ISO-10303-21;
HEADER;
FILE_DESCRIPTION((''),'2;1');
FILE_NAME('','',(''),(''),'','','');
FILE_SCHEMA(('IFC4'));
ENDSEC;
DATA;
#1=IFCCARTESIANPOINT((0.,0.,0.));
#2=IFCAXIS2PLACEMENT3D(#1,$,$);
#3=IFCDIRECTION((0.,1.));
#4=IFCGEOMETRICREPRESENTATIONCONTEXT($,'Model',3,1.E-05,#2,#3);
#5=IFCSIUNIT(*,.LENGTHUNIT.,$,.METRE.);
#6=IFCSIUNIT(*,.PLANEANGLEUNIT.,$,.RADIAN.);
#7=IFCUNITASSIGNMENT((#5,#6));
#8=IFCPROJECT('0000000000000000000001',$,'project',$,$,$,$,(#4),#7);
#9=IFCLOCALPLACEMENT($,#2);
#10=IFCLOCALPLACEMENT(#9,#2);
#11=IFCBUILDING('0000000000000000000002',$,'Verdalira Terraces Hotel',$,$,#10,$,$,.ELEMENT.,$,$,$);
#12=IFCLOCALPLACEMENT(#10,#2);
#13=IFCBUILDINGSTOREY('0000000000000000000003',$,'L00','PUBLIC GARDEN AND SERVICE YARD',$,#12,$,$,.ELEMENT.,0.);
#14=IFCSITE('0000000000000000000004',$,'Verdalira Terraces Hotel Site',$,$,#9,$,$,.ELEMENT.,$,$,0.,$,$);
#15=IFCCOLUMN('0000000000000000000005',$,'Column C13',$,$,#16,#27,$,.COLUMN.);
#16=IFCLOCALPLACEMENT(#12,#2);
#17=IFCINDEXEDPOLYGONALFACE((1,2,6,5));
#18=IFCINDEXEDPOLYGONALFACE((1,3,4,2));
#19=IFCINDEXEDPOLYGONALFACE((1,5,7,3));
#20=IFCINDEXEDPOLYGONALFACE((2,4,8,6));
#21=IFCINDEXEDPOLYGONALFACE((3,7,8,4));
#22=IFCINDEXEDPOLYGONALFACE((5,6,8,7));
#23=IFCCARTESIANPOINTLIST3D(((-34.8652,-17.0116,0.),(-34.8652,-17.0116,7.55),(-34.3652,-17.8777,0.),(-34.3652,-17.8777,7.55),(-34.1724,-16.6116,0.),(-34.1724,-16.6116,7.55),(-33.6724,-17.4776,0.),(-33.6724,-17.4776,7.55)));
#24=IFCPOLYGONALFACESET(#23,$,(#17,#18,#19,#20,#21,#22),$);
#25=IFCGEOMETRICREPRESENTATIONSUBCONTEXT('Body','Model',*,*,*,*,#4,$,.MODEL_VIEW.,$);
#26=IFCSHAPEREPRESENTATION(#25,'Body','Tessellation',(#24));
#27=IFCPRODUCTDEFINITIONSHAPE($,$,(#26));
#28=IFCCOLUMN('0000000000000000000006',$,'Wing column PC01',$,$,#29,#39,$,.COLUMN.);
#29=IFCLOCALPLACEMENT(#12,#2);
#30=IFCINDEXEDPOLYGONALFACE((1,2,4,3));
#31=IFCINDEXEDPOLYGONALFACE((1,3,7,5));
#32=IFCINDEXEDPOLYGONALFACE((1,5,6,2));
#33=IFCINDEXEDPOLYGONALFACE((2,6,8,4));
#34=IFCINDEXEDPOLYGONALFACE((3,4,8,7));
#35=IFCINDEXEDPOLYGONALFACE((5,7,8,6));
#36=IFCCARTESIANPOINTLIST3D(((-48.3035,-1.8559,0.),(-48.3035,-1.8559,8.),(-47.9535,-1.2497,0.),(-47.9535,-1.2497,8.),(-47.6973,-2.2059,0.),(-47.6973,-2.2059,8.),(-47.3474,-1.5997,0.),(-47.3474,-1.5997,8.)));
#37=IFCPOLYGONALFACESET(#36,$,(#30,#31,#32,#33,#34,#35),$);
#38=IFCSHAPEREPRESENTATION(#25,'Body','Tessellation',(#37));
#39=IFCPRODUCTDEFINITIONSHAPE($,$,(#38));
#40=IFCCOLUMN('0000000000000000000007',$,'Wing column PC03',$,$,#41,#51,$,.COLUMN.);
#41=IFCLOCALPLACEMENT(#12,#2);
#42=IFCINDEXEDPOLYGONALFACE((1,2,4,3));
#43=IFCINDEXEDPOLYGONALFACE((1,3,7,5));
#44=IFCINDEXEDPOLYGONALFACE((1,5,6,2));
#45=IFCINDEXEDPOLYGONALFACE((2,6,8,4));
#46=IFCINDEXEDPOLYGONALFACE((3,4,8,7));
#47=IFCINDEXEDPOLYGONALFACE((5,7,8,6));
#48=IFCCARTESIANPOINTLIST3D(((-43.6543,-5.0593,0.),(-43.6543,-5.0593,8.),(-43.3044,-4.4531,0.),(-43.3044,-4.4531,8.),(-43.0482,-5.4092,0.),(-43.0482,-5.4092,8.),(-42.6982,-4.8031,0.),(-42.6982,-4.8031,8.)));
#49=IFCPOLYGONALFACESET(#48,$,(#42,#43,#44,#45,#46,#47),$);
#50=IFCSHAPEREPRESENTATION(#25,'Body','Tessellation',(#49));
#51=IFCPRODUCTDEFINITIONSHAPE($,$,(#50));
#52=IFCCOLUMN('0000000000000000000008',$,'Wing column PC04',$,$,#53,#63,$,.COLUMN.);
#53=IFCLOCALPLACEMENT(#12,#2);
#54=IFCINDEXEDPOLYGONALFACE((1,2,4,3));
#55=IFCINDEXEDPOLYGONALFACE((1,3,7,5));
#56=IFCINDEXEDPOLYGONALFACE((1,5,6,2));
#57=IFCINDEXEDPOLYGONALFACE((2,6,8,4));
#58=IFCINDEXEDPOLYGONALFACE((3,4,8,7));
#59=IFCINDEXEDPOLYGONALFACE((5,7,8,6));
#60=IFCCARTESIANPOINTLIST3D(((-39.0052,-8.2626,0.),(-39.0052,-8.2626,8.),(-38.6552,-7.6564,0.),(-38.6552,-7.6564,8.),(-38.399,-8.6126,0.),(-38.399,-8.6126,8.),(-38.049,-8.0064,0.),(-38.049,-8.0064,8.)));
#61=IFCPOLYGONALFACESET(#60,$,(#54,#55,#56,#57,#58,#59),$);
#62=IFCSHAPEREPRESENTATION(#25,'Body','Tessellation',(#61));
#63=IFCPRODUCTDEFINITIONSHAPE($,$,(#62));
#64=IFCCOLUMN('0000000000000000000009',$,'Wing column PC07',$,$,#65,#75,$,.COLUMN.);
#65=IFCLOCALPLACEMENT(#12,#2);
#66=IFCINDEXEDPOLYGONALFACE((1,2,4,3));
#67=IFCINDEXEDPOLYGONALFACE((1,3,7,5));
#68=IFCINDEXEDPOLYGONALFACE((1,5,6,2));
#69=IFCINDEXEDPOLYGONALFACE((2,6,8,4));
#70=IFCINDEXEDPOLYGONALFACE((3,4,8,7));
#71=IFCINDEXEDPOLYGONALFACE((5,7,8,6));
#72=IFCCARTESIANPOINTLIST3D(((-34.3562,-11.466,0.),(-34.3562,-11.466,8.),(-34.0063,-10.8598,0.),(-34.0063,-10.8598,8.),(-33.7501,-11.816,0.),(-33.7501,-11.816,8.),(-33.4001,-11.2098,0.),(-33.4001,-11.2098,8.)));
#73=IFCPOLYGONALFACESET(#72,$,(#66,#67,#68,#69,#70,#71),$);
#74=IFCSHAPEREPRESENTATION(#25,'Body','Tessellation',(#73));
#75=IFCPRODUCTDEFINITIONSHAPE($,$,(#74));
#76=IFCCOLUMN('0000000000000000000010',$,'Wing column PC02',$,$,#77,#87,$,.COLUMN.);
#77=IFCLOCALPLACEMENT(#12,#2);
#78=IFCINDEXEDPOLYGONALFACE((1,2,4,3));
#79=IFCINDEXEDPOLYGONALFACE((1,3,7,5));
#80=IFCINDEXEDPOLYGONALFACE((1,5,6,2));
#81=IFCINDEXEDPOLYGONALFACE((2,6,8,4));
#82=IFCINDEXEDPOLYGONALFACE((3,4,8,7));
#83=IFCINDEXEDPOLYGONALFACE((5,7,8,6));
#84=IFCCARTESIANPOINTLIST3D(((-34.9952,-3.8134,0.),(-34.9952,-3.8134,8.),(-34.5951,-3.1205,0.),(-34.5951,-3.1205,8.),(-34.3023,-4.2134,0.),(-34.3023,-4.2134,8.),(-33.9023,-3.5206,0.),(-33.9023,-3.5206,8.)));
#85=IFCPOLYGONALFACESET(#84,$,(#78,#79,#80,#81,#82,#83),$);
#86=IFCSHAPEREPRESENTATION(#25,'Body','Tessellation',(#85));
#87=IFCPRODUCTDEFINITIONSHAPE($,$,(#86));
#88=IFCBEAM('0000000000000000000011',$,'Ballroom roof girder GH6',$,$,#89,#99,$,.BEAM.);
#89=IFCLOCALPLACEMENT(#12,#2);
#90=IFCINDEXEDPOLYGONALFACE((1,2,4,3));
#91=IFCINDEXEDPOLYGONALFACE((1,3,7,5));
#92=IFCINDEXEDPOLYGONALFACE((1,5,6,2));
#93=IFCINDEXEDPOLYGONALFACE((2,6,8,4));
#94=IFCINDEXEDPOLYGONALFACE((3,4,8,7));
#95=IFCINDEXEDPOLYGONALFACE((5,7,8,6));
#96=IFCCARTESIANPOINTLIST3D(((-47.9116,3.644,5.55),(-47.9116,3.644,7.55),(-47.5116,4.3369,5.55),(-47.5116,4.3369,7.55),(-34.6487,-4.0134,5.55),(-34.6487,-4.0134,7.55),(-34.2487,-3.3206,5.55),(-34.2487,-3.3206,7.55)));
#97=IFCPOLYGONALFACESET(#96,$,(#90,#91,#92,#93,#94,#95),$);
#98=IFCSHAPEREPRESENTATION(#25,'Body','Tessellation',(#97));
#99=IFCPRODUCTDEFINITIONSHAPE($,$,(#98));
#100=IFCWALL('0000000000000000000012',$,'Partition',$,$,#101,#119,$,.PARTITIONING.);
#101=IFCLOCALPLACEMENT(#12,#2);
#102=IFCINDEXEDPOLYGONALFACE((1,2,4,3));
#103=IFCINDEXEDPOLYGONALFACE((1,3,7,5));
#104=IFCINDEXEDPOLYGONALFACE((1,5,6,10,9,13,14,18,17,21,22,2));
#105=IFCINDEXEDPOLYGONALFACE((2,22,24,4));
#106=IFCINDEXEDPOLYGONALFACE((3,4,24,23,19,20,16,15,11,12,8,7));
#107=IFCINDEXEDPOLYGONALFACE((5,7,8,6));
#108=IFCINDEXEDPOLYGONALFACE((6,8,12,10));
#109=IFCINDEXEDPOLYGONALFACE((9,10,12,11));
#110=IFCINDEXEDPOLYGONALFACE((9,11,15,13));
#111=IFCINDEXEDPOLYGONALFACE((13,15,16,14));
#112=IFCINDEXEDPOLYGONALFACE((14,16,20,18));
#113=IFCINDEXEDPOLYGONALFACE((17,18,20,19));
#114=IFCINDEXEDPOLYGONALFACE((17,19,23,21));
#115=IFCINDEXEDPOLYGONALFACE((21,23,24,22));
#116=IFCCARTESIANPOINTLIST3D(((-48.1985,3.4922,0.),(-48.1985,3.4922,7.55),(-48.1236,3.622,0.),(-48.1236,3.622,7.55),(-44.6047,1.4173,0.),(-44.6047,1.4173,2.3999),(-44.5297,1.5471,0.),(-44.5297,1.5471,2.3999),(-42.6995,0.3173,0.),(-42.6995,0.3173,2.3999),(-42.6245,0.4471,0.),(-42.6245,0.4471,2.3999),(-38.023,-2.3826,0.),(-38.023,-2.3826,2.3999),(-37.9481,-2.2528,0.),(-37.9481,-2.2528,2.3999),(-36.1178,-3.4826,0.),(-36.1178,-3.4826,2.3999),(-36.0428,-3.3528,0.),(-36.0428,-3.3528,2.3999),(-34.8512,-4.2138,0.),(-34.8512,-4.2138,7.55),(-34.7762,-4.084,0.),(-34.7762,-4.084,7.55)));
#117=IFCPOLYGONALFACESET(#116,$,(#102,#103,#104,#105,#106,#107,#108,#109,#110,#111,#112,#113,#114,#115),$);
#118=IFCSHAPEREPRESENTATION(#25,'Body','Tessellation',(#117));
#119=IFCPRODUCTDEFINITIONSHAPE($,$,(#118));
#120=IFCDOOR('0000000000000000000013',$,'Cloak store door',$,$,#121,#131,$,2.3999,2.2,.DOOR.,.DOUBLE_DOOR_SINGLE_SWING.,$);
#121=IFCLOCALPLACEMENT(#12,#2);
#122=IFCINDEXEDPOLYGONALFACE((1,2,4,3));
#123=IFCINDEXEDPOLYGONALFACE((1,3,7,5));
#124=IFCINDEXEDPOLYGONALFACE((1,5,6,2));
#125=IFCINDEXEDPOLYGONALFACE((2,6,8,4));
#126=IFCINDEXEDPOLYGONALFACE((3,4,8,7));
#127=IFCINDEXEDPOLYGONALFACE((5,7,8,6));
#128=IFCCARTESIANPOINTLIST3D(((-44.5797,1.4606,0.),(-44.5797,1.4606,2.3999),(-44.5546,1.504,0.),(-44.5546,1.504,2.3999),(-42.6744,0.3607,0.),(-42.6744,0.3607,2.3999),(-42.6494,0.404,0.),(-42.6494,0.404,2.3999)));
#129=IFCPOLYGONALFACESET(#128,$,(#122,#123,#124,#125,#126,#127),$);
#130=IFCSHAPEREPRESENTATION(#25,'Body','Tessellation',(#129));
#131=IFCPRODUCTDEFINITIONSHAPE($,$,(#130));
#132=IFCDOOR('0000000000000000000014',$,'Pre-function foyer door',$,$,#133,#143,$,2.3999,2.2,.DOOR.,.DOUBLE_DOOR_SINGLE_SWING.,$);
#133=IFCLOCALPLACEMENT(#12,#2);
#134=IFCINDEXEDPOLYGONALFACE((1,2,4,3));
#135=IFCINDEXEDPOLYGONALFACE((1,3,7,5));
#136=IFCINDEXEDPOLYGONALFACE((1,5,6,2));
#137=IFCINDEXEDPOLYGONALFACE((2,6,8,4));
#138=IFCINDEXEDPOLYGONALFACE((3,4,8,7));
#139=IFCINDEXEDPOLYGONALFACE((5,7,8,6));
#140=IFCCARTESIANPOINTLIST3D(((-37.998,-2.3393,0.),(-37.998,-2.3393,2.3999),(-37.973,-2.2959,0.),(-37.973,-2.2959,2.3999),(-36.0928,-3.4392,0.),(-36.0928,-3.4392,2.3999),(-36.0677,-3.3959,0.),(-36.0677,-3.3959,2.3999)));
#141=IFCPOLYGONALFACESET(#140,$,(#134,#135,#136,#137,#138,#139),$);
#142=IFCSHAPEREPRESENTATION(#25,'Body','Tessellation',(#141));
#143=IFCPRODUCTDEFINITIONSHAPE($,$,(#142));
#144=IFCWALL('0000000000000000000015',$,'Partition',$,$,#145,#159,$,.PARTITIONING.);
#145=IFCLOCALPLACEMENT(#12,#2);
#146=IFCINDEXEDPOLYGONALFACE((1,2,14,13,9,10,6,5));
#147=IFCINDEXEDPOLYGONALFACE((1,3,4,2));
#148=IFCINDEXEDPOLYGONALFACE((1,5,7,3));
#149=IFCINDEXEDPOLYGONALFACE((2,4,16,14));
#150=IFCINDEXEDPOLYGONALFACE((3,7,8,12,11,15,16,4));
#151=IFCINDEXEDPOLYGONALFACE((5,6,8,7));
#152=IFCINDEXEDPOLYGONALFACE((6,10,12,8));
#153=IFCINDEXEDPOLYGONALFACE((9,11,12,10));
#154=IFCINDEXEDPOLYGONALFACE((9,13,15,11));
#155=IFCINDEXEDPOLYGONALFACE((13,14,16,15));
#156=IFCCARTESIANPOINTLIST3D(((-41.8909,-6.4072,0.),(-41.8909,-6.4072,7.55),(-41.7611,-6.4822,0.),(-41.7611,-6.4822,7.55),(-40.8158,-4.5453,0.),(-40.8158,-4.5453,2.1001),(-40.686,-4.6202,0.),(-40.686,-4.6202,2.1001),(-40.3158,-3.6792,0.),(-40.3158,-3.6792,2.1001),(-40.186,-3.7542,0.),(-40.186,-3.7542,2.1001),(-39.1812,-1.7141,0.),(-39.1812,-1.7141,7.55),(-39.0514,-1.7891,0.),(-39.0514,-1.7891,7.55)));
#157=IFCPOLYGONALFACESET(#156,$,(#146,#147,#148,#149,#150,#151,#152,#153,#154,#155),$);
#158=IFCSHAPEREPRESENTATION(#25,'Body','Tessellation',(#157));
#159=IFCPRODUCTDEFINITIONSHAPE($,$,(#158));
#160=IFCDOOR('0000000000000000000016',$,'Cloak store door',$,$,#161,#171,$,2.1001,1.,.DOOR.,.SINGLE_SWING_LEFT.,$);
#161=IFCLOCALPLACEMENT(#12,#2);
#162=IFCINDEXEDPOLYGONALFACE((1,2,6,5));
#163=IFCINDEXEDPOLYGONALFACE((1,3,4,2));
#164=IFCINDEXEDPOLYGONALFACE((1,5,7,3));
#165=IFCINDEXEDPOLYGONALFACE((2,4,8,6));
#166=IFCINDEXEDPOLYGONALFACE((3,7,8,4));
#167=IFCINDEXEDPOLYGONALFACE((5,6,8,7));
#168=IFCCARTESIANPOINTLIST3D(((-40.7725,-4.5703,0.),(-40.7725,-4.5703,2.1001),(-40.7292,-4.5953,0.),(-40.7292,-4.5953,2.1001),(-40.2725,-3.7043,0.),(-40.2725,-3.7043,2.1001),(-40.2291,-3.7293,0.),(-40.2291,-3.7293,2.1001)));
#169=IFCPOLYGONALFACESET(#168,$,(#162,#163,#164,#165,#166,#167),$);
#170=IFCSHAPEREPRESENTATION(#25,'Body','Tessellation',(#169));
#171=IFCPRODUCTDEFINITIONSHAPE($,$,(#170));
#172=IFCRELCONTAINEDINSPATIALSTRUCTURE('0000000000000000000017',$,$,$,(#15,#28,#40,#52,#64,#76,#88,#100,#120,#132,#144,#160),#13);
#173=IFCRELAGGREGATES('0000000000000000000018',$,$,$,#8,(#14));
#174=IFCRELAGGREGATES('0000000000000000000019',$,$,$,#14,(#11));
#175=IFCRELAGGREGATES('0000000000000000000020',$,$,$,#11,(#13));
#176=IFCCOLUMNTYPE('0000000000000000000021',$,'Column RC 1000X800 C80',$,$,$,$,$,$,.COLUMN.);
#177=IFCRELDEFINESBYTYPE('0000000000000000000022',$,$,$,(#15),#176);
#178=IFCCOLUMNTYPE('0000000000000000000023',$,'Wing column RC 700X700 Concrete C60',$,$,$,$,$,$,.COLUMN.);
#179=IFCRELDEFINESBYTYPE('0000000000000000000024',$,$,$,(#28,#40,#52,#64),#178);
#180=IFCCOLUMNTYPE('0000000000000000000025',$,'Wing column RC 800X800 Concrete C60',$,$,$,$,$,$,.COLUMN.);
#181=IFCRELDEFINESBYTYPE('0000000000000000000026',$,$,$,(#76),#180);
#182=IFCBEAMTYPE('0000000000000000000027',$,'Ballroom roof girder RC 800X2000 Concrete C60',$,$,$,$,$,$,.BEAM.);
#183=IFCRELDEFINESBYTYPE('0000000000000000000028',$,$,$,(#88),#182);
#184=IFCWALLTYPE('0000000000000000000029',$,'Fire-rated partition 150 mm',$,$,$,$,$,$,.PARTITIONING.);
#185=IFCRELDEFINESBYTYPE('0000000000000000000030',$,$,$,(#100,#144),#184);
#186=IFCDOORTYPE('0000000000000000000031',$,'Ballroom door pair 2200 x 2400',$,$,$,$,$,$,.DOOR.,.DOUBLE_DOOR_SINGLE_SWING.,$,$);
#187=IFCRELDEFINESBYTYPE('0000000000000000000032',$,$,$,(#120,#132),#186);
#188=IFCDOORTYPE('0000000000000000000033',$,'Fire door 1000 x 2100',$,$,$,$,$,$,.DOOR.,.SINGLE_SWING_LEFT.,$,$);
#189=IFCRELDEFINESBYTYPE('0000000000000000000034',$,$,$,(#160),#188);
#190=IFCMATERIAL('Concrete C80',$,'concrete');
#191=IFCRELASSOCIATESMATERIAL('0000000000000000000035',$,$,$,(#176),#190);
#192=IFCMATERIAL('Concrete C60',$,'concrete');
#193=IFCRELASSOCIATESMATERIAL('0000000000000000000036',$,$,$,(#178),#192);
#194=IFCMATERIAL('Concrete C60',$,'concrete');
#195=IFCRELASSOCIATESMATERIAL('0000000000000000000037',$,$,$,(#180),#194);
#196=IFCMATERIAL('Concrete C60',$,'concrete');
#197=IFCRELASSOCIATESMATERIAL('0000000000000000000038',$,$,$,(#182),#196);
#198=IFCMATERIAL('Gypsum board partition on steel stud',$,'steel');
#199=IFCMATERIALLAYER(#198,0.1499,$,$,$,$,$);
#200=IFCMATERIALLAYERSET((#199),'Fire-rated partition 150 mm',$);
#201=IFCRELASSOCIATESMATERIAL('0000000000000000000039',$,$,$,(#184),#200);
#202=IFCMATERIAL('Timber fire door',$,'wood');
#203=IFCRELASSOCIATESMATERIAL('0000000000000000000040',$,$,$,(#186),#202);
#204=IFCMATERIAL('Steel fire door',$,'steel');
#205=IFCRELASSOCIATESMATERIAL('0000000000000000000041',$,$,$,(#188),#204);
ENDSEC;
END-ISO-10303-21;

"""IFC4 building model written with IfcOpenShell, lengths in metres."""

from ifc_helpers import new_model, si_unit, direction, frame, frame_2d, origin, origin_2d, place, context, subcontext, project, spatial, rectangle, extrude, material, layer, layer_set, material_profile, profile_set, type_object, element, fill, save


model = new_model("IFC4")

# Units and contexts
model_context = context("Model", 3, precision=1e-05, world=origin(), true_north=direction((0.0, 1.0)))
body_context = subcontext(model_context, "Body", "Model", "MODEL_VIEW")
ifc_project = project(units=[si_unit("LENGTHUNIT", "METRE"), si_unit("PLANEANGLEUNIT", "RADIAN")], contexts=[model_context])

# Site, building, storey
site_placement = place(None, origin())
site = spatial("IfcSite", under=ifc_project, at=site_placement, Name="Verdalira Terraces Hotel Site", CompositionType="ELEMENT", RefElevation=0.0)
building_placement = place(site_placement, origin())
building = spatial("IfcBuilding", under=site, at=building_placement, Name="Verdalira Terraces Hotel", CompositionType="ELEMENT")
storey_placement = place(building_placement, origin())
storey = spatial("IfcBuildingStorey", under=building, at=storey_placement, Name="L00", Description="PUBLIC GARDEN AND SERVICE YARD", CompositionType="ELEMENT", Elevation=0.0)

# Columns
ifc_material_1 = material(Name="Concrete C80", Category="concrete")
ifc_material_profile_1 = material_profile(ifc_material_1, rectangle(XDim=1.0, YDim=0.8, at=origin_2d()), Name="RC 1000X800")
ifc_profile_set_1 = profile_set([ifc_material_profile_1], Name="Concrete C80")
column_type_1 = type_object("IfcColumnType", Name="Column RC 1000X800 C80", PredefinedType="COLUMN", material=ifc_profile_set_1)
column_1_placement = place(storey_placement, frame((-34.2688, -17.2446, 0.0), z_axis=(0.0, 0.0, 1.0), x_axis=(0.5, -0.866025, 0.0)))
element("IfcColumn", 1, at=column_1_placement, inside=storey, type_object=column_type_1, Name="Column C13", PredefinedType="COLUMN", context=body_context, shape_type="SweptSolid", body=[
    extrude(rectangle(XDim=1.0, YDim=0.8, at=origin_2d()), origin(), (0.0, 0.0, 1.0), 7.55),
])
ifc_material_2 = material(Name="Concrete C60", Category="concrete")
ifc_material_profile_2 = material_profile(ifc_material_2, rectangle(XDim=0.7, YDim=0.7, at=origin_2d()), Name="RC 700X700")
ifc_profile_set_2 = profile_set([ifc_material_profile_2], Name="Concrete C60")
column_type_2 = type_object("IfcColumnType", Name="Wing column RC 700X700 Concrete C60", PredefinedType="COLUMN", material=ifc_profile_set_2)
for number, where, z_axis, x_axis, name in (
    (2, (-47.8254, -1.7278, 0.0), (0.0, 0.0, 1.0), (-0.866025, 0.5, 0.0), "Wing column PC01"),
    (3, (-43.1763, -4.9312, 0.0), (0.0, 0.0, 1.0), (-0.866025, 0.5, 0.0), "Wing column PC03"),
    (4, (-38.5271, -8.1345, 0.0), (0.0, 0.0, 1.0), (-0.866025, 0.5, 0.0), "Wing column PC04"),
    (5, (-33.8782, -11.3379, 0.0), (0.0, 0.0, 1.0), (-0.866025, 0.5, 0.0), "Wing column PC07"),
):
    element("IfcColumn", number, at=place(storey_placement, frame(where, z_axis=z_axis, x_axis=x_axis)), inside=storey, type_object=column_type_2, Name=name, PredefinedType="COLUMN", context=body_context, shape_type="SweptSolid", body=[
        extrude(rectangle(XDim=0.7, YDim=0.7, at=origin_2d()), origin(), (0.0, 0.0, 1.0), 8.0),
    ])
ifc_material_3 = material(Name="Concrete C60", Category="concrete")
ifc_material_profile_3 = material_profile(ifc_material_3, rectangle(XDim=0.8, YDim=0.8, at=origin_2d()), Name="RC 800X800")
ifc_profile_set_3 = profile_set([ifc_material_profile_3], Name="Concrete C60")
column_type_3 = type_object("IfcColumnType", Name="Wing column RC 800X800 Concrete C60", PredefinedType="COLUMN", material=ifc_profile_set_3)
column_2_placement = place(storey_placement, frame((-34.4487, -3.667, 0.0), z_axis=(0.0, 0.0, 1.0), x_axis=(-0.866025, 0.5, 0.0)))
element("IfcColumn", 6, at=column_2_placement, inside=storey, type_object=column_type_3, Name="Wing column PC02", PredefinedType="COLUMN", context=body_context, shape_type="SweptSolid", body=[
    extrude(rectangle(XDim=0.8, YDim=0.8, at=origin_2d()), origin(), (0.0, 0.0, 1.0), 8.0),
])

# Beam
ifc_material_4 = material(Name="Concrete C60", Category="concrete")
ifc_material_profile_4 = material_profile(ifc_material_4, rectangle(XDim=0.8, YDim=2.0, at=origin_2d()), Name="RC 800X2000")
ifc_profile_set_4 = profile_set([ifc_material_profile_4], Name="Concrete C60")
beam_type = type_object("IfcBeamType", Name="Ballroom roof girder RC 800X2000 Concrete C60", PredefinedType="BEAM", material=ifc_profile_set_4)
beam_placement = place(storey_placement, frame((-34.4487, -3.667, 6.55), z_axis=(-0.866022, 0.500005, 0.0), x_axis=(-0.500005, -0.866022, 0.0)))
element("IfcBeam", 7, at=beam_placement, inside=storey, type_object=beam_type, Name="Ballroom roof girder GH6", PredefinedType="BEAM", context=body_context, shape_type="SweptSolid", body=[
    extrude(rectangle(XDim=0.8, YDim=2.0, at=origin_2d()), origin(), (0.0, 0.0, 1.0), 15.3147),
])

# Wall, openings, doors
ifc_material_5 = material(Name="Gypsum board partition on steel stud", Category="steel")
ifc_layer_1 = layer(ifc_material_5, 0.1499)
ifc_layer_set_1 = layer_set([ifc_layer_1], Name="Fire-rated partition 150 mm")
wall_type_1 = type_object("IfcWallType", Name="Fire-rated partition 150 mm", PredefinedType="PARTITIONING", material=ifc_layer_set_1)
wall_1_placement = place(storey_placement, frame((-34.8137, -4.1489, 0.0), z_axis=(0.0, 0.0, 1.0), x_axis=(-0.866028, 0.499996, 0.0)))
wall_1 = element("IfcWall", 8, at=wall_1_placement, inside=storey, type_object=wall_type_1, Name="Partition", PredefinedType="PARTITIONING", context=body_context, shape_type="SweptSolid", body=[
    extrude(rectangle(XDim=15.4121, YDim=0.1499, at=frame_2d((7.7061, 0.0))), origin(), (0.0, 0.0, 1.0), 7.55),
])
opening_1_placement = place(wall_1_placement, frame((9.0623, 0.0, 0.0)))
opening_1 = element("IfcOpeningElement", 9, at=opening_1_placement, cuts=wall_1, PredefinedType="OPENING", context=body_context, shape_type="SweptSolid", body=[
    extrude(rectangle(XDim=2.2, YDim=2.3999, at=frame_2d((1.1001, 1.2))), frame((0.0, 0.085, 0.0), z_axis=(0.0, -1.0, 0.0), x_axis=(1.0, 0.0, 0.0)), (0.0, 0.0, 1.0), 0.1699),
])
opening_2_placement = place(wall_1_placement, frame((1.4624, 0.0, 0.0)))
opening_2 = element("IfcOpeningElement", 10, at=opening_2_placement, cuts=wall_1, PredefinedType="OPENING", context=body_context, shape_type="SweptSolid", body=[
    extrude(rectangle(XDim=2.2, YDim=2.3999, at=frame_2d((1.1001, 1.2))), frame((0.0, 0.085, 0.0), z_axis=(0.0, -1.0, 0.0), x_axis=(1.0, 0.0, 0.0)), (0.0, 0.0, 1.0), 0.1699),
])
ifc_material_6 = material(Name="Timber fire door", Category="wood")
door_type_1 = type_object("IfcDoorType", Name="Ballroom door pair 2200 x 2400", OperationType="DOUBLE_DOOR_SINGLE_SWING", PredefinedType="DOOR", material=ifc_material_6)
door_1_placement = place(opening_1_placement, origin())
door_1 = element("IfcDoor", 11, at=door_1_placement, inside=storey, type_object=door_type_1, Name="Cloak store door", OperationType="DOUBLE_DOOR_SINGLE_SWING", OverallHeight=2.3999, OverallWidth=2.2, PredefinedType="DOOR", context=body_context, shape_type="SweptSolid", body=[
    extrude(rectangle(XDim=2.2, YDim=2.3999, at=frame_2d((1.1001, 1.2))), frame((0.0, 0.0249, 0.0), z_axis=(0.0, -1.0, 0.0), x_axis=(1.0, 0.0, 0.0)), (0.0, 0.0, 1.0), 0.05),
])
fill(opening_1, door_1)
door_2_placement = place(opening_2_placement, origin())
door_2 = element("IfcDoor", 12, at=door_2_placement, inside=storey, type_object=door_type_1, Name="Pre-function foyer door", OperationType="DOUBLE_DOOR_SINGLE_SWING", OverallHeight=2.3999, OverallWidth=2.2, PredefinedType="DOOR", context=body_context, shape_type="SweptSolid", body=[
    extrude(rectangle(XDim=2.2, YDim=2.3999, at=frame_2d((1.1001, 1.2))), frame((0.0, 0.0249, 0.0), z_axis=(0.0, -1.0, 0.0), x_axis=(1.0, 0.0, 0.0)), (0.0, 0.0, 1.0), 0.05),
])
fill(opening_2, door_2)

# Wall, opening, door
wall_2_placement = place(storey_placement, frame((-41.8259, -6.4446, 0.0), z_axis=(0.0, 0.0, 1.0), x_axis=(0.50002, 0.866014, 0.0)))
wall_2 = element("IfcWall", 13, at=wall_2_placement, inside=storey, type_object=wall_type_1, Name="Partition", PredefinedType="PARTITIONING", context=body_context, shape_type="SweptSolid", body=[
    extrude(rectangle(XDim=5.4192, YDim=0.1499, at=frame_2d((2.7095, 0.0))), origin(), (0.0, 0.0, 1.0), 7.55),
])
opening_3_placement = place(wall_2_placement, frame((2.1499, 0.0, 0.0)))
opening_3 = element("IfcOpeningElement", 14, at=opening_3_placement, cuts=wall_2, PredefinedType="OPENING", context=body_context, shape_type="SweptSolid", body=[
    extrude(rectangle(XDim=1.0, YDim=2.1001, at=frame_2d((0.5, 1.05))), frame((0.0, 0.085, 0.0), z_axis=(0.0, -1.0, 0.0), x_axis=(1.0, 0.0, 0.0)), (0.0, 0.0, 1.0), 0.1699),
])
ifc_material_7 = material(Name="Steel fire door", Category="steel")
door_type_2 = type_object("IfcDoorType", Name="Fire door 1000 x 2100", OperationType="SINGLE_SWING_LEFT", PredefinedType="DOOR", material=ifc_material_7)
door_3_placement = place(opening_3_placement, origin())
door_3 = element("IfcDoor", 15, at=door_3_placement, inside=storey, type_object=door_type_2, Name="Cloak store door", OperationType="SINGLE_SWING_LEFT", OverallHeight=2.1001, OverallWidth=1.0, PredefinedType="DOOR", context=body_context, shape_type="SweptSolid", body=[
    extrude(rectangle(XDim=1.0, YDim=2.1001, at=frame_2d((0.5, 1.05))), frame((0.0, 0.0249, 0.0), z_axis=(0.0, -1.0, 0.0), x_axis=(1.0, 0.0, 0.0)), (0.0, 0.0, 1.0), 0.05),
])
fill(opening_3, door_3)

save(model, "model.ifc")
